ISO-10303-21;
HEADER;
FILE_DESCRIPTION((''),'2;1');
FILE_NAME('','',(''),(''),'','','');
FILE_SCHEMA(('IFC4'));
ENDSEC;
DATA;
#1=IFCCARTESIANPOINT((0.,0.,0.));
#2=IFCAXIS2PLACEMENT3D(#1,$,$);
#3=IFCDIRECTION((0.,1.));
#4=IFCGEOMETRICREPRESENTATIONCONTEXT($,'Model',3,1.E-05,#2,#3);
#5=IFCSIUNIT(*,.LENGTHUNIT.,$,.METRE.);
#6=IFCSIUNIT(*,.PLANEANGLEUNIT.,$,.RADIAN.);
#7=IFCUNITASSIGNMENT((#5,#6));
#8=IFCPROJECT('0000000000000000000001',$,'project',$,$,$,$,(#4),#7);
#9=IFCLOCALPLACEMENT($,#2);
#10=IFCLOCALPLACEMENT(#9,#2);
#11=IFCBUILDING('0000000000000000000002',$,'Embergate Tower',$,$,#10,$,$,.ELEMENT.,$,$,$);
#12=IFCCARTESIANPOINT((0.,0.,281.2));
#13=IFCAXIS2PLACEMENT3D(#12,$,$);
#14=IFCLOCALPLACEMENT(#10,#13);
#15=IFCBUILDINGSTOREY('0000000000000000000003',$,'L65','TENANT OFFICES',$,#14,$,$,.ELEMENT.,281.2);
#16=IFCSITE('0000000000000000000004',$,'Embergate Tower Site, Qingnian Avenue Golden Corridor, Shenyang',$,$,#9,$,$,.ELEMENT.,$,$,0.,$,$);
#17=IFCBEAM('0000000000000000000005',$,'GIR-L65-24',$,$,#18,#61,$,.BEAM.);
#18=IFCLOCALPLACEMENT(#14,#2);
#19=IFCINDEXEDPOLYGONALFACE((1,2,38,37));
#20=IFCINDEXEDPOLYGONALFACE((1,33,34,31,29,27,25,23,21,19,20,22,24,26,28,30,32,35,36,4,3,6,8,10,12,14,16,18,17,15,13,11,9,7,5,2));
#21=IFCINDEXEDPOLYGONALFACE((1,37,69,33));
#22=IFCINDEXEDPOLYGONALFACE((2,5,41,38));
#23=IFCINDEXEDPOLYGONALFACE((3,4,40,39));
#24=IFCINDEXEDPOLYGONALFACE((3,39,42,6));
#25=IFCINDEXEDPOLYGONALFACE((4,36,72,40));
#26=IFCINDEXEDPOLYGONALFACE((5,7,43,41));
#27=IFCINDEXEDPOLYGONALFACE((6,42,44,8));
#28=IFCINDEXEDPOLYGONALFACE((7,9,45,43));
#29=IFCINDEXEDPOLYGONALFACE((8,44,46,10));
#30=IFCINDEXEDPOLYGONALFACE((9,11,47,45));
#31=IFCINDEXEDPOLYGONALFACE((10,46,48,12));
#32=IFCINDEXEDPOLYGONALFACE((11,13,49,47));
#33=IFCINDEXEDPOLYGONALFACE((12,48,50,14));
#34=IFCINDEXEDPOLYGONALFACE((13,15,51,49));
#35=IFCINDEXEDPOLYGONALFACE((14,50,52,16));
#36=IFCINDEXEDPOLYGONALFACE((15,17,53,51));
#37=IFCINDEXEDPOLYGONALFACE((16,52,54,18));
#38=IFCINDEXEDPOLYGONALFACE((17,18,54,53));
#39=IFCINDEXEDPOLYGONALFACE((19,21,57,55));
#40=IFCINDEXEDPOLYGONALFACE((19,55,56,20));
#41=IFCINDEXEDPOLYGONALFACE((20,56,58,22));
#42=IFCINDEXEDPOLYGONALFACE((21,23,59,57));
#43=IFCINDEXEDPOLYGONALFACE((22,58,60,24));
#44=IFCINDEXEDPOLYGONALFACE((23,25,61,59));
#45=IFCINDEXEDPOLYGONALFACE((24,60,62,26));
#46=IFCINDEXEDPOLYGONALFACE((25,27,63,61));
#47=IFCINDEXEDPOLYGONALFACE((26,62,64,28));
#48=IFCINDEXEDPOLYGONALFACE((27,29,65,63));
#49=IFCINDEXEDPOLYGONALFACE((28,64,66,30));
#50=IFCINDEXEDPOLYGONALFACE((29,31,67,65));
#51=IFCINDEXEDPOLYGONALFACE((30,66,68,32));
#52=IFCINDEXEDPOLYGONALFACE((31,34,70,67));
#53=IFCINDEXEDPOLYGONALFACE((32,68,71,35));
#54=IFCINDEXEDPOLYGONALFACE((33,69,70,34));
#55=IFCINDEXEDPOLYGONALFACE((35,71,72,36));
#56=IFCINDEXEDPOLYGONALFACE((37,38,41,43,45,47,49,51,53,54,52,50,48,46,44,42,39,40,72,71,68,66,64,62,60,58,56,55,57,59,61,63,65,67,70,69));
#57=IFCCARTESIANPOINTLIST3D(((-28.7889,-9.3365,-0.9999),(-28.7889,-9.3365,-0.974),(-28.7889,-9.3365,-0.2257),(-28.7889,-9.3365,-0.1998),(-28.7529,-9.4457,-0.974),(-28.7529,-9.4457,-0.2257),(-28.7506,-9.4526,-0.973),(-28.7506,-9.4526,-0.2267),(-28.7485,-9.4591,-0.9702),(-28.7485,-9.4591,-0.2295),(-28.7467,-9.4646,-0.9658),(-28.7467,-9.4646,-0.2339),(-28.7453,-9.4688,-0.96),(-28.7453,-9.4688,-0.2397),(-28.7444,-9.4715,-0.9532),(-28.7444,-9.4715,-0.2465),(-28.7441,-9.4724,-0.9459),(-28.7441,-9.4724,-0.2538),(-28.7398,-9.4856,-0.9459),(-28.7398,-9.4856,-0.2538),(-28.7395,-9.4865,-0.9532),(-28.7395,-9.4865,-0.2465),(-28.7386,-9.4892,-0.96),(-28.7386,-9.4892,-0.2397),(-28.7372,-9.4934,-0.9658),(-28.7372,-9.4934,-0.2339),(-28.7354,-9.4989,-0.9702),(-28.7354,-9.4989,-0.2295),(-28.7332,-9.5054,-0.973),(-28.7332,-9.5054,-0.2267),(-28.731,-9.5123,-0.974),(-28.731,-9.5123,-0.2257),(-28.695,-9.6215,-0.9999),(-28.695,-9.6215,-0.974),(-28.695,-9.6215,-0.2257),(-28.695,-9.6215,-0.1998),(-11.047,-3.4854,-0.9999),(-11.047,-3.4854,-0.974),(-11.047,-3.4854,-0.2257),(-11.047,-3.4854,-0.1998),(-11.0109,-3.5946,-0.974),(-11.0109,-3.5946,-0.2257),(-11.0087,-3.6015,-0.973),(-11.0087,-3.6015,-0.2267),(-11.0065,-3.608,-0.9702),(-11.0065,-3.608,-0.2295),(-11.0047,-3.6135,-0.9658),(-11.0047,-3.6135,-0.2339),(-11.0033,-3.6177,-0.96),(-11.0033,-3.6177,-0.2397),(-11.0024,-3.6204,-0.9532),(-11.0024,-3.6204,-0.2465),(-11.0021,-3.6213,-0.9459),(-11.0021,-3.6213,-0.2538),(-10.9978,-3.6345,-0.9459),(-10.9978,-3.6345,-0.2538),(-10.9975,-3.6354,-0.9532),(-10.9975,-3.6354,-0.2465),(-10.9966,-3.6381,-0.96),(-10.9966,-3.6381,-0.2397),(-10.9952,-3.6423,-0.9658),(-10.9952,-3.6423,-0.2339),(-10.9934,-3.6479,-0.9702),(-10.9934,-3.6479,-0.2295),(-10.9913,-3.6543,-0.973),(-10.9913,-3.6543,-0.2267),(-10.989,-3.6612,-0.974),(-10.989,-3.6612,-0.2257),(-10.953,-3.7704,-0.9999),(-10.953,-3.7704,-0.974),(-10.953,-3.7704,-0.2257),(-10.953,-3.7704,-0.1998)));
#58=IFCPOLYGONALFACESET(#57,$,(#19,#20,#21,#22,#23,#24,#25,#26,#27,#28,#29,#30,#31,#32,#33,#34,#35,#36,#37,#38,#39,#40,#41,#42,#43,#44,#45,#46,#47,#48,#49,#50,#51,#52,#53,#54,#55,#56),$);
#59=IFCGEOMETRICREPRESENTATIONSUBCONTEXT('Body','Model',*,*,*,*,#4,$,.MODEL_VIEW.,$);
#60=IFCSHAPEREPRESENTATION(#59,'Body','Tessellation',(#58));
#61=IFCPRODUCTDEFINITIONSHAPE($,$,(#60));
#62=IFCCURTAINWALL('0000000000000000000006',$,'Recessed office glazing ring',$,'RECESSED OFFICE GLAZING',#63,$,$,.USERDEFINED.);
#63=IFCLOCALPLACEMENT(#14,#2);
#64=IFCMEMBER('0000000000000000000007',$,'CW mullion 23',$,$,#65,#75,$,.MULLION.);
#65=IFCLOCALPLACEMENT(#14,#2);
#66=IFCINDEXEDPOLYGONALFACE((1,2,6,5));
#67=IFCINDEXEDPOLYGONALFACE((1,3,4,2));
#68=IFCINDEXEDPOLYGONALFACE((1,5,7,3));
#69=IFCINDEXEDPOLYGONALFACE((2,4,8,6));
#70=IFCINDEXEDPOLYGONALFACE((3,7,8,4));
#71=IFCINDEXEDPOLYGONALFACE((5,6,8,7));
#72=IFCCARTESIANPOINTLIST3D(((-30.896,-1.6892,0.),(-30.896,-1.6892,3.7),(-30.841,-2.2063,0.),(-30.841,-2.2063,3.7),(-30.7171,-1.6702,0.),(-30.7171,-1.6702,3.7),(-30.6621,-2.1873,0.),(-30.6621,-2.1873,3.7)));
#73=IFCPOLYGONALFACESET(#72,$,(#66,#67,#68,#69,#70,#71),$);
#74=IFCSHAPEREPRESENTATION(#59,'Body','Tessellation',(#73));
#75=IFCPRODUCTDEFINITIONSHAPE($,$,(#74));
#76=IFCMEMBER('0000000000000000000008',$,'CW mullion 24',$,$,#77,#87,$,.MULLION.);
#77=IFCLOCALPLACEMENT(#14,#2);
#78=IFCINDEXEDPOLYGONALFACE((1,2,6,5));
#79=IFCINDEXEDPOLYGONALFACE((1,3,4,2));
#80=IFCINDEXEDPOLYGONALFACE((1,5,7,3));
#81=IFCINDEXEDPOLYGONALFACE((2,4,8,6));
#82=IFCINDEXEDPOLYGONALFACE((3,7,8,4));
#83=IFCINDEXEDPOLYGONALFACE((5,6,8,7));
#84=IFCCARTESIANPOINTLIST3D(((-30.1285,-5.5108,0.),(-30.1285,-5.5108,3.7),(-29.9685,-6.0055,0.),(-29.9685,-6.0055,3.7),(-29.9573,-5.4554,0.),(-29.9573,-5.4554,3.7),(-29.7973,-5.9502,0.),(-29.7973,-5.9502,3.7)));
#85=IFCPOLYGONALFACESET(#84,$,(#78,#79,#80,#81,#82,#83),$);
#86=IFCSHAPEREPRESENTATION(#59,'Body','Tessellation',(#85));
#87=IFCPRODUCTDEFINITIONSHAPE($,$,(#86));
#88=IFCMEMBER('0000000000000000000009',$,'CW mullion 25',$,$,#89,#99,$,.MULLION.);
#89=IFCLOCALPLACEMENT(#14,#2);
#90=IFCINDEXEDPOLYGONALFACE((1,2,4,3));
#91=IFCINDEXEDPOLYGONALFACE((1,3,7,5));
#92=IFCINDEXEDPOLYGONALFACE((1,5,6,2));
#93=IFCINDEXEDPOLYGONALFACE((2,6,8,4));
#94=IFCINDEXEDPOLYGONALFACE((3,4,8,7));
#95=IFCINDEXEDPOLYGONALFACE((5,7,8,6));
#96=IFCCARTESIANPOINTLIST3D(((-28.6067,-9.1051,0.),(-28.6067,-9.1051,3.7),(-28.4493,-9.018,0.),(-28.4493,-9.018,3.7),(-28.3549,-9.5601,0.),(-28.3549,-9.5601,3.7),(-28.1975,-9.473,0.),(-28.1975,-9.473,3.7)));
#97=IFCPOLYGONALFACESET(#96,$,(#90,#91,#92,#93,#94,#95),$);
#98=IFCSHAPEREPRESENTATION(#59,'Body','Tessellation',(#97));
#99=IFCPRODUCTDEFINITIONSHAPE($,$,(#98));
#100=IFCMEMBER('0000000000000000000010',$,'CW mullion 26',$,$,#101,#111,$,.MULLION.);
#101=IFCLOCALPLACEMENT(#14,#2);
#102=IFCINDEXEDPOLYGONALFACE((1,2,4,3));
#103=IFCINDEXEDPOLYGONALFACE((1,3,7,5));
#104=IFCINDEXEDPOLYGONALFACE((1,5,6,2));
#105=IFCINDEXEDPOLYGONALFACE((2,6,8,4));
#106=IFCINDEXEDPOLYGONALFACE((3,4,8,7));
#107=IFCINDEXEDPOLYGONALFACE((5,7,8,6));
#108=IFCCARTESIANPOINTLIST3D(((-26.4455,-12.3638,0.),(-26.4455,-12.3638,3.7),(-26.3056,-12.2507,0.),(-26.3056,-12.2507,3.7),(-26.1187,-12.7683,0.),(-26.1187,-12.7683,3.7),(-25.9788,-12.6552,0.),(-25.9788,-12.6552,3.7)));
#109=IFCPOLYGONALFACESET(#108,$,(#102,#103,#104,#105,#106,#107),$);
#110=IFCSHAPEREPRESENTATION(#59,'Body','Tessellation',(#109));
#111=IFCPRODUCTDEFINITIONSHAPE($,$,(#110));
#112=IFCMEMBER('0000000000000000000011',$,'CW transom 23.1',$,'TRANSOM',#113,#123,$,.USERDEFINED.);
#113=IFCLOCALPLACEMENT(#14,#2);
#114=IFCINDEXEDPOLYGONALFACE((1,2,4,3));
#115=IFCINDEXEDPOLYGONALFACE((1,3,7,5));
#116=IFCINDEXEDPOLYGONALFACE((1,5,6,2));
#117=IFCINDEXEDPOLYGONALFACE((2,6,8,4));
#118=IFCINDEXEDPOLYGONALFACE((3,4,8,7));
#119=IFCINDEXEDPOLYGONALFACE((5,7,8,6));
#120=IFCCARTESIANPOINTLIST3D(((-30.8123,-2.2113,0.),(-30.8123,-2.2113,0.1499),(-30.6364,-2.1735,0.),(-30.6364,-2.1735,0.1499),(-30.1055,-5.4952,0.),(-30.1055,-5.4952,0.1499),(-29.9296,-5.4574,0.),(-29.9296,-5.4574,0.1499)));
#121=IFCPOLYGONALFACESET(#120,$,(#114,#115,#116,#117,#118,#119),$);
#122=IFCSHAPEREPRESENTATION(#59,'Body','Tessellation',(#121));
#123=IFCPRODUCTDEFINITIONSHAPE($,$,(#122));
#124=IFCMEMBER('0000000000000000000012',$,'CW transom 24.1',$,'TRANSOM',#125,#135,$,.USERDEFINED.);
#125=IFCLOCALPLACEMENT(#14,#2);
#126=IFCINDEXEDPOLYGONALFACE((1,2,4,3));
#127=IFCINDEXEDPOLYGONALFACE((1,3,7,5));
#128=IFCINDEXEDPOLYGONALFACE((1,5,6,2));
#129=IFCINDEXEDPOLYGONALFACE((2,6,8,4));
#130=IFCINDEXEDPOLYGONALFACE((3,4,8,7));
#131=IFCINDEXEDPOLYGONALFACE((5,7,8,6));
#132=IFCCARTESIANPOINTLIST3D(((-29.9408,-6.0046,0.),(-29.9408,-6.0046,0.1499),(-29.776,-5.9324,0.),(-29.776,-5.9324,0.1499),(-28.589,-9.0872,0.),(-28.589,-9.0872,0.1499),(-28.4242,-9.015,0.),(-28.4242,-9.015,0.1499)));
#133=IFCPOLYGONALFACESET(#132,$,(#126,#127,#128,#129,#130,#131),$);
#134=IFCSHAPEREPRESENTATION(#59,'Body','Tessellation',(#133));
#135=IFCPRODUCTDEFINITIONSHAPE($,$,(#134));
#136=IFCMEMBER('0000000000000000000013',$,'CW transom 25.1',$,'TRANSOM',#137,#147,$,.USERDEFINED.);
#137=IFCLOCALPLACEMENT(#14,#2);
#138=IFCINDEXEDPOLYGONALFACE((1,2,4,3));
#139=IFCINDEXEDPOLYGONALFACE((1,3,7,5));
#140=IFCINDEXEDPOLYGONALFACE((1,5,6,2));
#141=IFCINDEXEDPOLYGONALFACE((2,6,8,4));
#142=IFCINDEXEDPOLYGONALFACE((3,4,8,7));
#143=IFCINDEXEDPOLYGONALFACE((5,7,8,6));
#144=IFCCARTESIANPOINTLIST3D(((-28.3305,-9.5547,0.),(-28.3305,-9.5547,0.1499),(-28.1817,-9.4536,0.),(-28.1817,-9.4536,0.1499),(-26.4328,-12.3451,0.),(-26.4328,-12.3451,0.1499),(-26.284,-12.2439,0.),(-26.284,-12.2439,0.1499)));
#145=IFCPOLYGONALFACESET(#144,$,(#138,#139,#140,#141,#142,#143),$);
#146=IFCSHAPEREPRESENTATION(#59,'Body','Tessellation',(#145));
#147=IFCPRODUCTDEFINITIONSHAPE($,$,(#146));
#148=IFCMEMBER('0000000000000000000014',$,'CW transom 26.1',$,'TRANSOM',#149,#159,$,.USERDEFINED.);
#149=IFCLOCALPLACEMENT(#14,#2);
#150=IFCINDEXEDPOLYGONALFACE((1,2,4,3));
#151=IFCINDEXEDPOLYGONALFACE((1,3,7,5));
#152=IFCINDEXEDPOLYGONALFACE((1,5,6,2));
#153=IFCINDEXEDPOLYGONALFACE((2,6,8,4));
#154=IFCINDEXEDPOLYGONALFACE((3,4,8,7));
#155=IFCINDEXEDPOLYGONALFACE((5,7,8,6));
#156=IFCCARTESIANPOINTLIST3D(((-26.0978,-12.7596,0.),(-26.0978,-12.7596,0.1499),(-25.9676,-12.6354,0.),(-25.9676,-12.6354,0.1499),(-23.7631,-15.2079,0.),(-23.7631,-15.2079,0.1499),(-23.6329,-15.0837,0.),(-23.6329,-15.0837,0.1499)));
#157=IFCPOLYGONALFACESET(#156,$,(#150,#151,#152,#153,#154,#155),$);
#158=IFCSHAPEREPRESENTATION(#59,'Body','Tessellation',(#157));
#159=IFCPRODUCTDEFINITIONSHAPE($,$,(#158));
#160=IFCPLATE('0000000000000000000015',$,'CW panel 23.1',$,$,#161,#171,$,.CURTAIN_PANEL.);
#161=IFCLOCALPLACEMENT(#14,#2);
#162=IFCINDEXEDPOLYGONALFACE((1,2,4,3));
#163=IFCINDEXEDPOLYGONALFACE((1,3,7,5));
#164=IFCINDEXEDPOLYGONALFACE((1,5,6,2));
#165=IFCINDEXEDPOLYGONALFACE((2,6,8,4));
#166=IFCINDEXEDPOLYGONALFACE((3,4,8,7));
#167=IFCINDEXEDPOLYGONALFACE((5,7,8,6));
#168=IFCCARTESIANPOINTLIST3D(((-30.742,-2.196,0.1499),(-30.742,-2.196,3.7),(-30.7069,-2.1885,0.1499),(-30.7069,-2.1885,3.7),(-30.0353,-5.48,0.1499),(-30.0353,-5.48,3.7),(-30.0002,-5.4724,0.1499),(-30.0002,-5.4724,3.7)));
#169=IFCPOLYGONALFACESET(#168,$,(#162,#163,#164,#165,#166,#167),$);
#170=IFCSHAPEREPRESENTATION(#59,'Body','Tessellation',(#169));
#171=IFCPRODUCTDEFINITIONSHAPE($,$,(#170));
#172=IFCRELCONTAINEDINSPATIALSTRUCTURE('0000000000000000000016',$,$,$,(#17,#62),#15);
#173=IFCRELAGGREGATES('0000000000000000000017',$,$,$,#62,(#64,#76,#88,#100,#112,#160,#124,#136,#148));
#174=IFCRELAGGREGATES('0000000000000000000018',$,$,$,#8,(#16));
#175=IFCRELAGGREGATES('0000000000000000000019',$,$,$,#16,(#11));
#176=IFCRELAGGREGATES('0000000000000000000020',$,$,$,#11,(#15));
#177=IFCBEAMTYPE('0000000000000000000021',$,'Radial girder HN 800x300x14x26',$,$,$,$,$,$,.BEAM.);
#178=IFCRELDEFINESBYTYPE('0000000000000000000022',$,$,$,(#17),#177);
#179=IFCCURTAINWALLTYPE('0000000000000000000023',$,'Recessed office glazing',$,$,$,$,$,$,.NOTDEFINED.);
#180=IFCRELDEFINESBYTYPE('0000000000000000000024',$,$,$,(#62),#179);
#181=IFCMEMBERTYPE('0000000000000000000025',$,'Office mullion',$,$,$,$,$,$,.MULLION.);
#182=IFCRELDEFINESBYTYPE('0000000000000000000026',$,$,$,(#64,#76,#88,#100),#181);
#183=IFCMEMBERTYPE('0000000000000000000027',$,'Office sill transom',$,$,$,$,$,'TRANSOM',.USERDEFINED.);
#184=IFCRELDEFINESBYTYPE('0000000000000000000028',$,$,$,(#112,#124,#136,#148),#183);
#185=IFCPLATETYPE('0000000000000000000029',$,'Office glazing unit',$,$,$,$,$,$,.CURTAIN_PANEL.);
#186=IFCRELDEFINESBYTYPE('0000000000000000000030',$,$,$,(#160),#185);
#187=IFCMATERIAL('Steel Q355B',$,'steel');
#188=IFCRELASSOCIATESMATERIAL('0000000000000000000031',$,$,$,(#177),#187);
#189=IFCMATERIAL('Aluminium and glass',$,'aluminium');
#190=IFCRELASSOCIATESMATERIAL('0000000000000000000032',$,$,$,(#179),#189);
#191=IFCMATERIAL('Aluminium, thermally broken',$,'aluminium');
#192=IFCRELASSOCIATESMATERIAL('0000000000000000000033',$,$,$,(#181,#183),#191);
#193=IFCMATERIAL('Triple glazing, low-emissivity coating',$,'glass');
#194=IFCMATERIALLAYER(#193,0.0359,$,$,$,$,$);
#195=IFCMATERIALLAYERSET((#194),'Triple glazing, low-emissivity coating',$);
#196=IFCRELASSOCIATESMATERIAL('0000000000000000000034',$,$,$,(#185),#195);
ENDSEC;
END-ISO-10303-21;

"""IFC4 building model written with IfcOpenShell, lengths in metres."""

from ifc_helpers import new_model, si_unit, direction, frame, origin, origin_2d, place, context, subcontext, project, spatial, rectangle, i_section, extrude, source, transform, mapped, material, layer, layer_set, material_profile, profile_set, type_object, element, aggregate, save


model = new_model("IFC4")

# Units and contexts
model_context = context("Model", 3, precision=1e-05, world=origin(), true_north=direction((0.0, 1.0)))
body_context = subcontext(model_context, "Body", "Model", "MODEL_VIEW")
ifc_project = project(units=[si_unit("LENGTHUNIT", "METRE"), si_unit("PLANEANGLEUNIT", "RADIAN")], contexts=[model_context])

# Site, building, storey
site_placement = place(None, origin())
site = spatial("IfcSite", under=ifc_project, at=site_placement, Name="Embergate Tower Site, Qingnian Avenue Golden Corridor, Shenyang", CompositionType="ELEMENT", RefElevation=0.0)
building_placement = place(site_placement, origin())
building = spatial("IfcBuilding", under=site, at=building_placement, Name="Embergate Tower", CompositionType="ELEMENT")
storey_placement = place(building_placement, frame((0.0, 0.0, 281.2)))
storey = spatial("IfcBuildingStorey", under=building, at=storey_placement, Name="L65", Description="TENANT OFFICES", CompositionType="ELEMENT", Elevation=281.2)

# Beam
ifc_material_1 = material(Name="Steel Q355B", Category="steel")
ifc_material_profile_1 = material_profile(ifc_material_1, i_section(OverallWidth=0.3, OverallDepth=0.8, WebThickness=0.0139, FlangeThickness=0.0259, FilletRadius=0.0281, at=origin_2d()), Name="HN 800x300x14x26")
ifc_profile_set_1 = profile_set([ifc_material_profile_1], Name="Steel Q355 grade B")
beam_type_1 = type_object("IfcBeamType", Name="Radial girder HN 800x300x14x26", PredefinedType="BEAM", material=ifc_profile_set_1)
shared_shape_1 = source(origin(), body_context, "Body", "SweptSolid", [
    extrude(i_section(OverallWidth=0.3, OverallDepth=0.8, WebThickness=0.0139, FlangeThickness=0.0259, FilletRadius=0.0281, at=origin_2d()), origin(), (0.0, 0.0, 1.0), 18.6819),
])
beam_1_placement = place(storey_placement, frame((-28.7419, -9.479, -0.5999), z_axis=(0.949689, 0.313196, 0.0), x_axis=(-0.313196, 0.949689, 0.0)))
element("IfcBeam", 1, at=beam_1_placement, inside=storey, type_object=beam_type_1, Name="GIR-L65-24", PredefinedType="BEAM", context=body_context, shape_type="MappedRepresentation", body=[
    mapped(shared_shape_1, transform((0.0, 0.0, 0.0))),
])

# Curtain wall, members, plate
ifc_material_2 = material(Name="Aluminium and glass", Category="aluminium")
curtain_wall_type = type_object("IfcCurtainWallType", Name="Recessed office glazing", PredefinedType="NOTDEFINED", material=ifc_material_2)
curtain_wall_placement = place(storey_placement, origin())
curtain_wall = element("IfcCurtainWall", 2, at=curtain_wall_placement, inside=storey, type_object=curtain_wall_type, Name="Recessed office glazing ring", ObjectType="RECESSED OFFICE GLAZING", PredefinedType="USERDEFINED")
ifc_material_3 = material(Name="Aluminium, thermally broken", Category="aluminium")
ifc_material_profile_2 = material_profile(ifc_material_3, rectangle(XDim=0.1799, YDim=0.52, at=origin_2d()), Name="AL 520x180")
ifc_profile_set_2 = profile_set([ifc_material_profile_2], Name="Aluminium, thermally broken")
member_type_1 = type_object("IfcMemberType", Name="Office mullion", PredefinedType="MULLION", material=ifc_profile_set_2)
shared_shape_2 = source(origin(), body_context, "Body", "SweptSolid", [
    extrude(rectangle(XDim=0.1799, YDim=0.52, at=origin_2d()), origin(), (0.0, 0.0, 1.0), 3.7),
])
member_1_placement = place(storey_placement, frame((-30.7791, -1.9382, 0.0), z_axis=(0.0, 0.0, 1.0), x_axis=(0.994384, 0.10583, 0.0)))
member_1 = element("IfcMember", 3, at=member_1_placement, type_object=member_type_1, Name="CW mullion 23", PredefinedType="MULLION", context=body_context, shape_type="MappedRepresentation", body=[
    mapped(shared_shape_2, transform((0.0, 0.0, 0.0))),
])
member_2_placement = place(storey_placement, frame((-29.9629, -5.7305, 0.0), z_axis=(0.0, 0.0, 1.0), x_axis=(0.951493, 0.307671, 0.0)))
member_2 = element("IfcMember", 4, at=member_2_placement, type_object=member_type_1, Name="CW mullion 24", PredefinedType="MULLION", context=body_context, shape_type="MappedRepresentation", body=[
    mapped(shared_shape_2, transform((0.0, 0.0, 0.0))),
])
member_3_placement = place(storey_placement, frame((-28.4021, -9.2891, 0.0), z_axis=(0.0, 0.0, 1.0), x_axis=(0.874993, 0.484136, 0.0)))
member_3 = element("IfcMember", 5, at=member_3_placement, type_object=member_type_1, Name="CW mullion 25", PredefinedType="MULLION", context=body_context, shape_type="MappedRepresentation", body=[
    mapped(shared_shape_2, transform((0.0, 0.0, 0.0))),
])
member_4_placement = place(storey_placement, frame((-26.2122, -12.5095, 0.0), z_axis=(0.0, 0.0, 1.0), x_axis=(0.777862, 0.628436, 0.0)))
member_4 = element("IfcMember", 6, at=member_4_placement, type_object=member_type_1, Name="CW mullion 26", PredefinedType="MULLION", context=body_context, shape_type="MappedRepresentation", body=[
    mapped(shared_shape_2, transform((0.0, 0.0, 0.0))),
])
ifc_material_profile_3 = material_profile(ifc_material_3, rectangle(XDim=0.1799, YDim=0.1499, at=origin_2d()), Name="AL 150x180")
ifc_profile_set_3 = profile_set([ifc_material_profile_3], Name="Aluminium, thermally broken")
member_type_2 = type_object("IfcMemberType", Name="Office sill transom", ElementType="TRANSOM", PredefinedType="USERDEFINED", material=ifc_profile_set_3)
shared_shape_3 = source(origin(), body_context, "Body", "SweptSolid", [
    extrude(rectangle(XDim=0.1799, YDim=0.1499, at=origin_2d()), origin(), (0.0, 0.0, 1.0), 3.3591),
])
member_5_placement = place(storey_placement, frame((-30.7244, -2.1924, 0.075), z_axis=(0.210408, -0.977614, 0.0), x_axis=(0.977614, 0.210408, 0.0)))
member_5 = element("IfcMember", 7, at=member_5_placement, type_object=member_type_2, Name="CW transom 23.1", ObjectType="TRANSOM", PredefinedType="USERDEFINED", context=body_context, shape_type="MappedRepresentation", body=[
    mapped(shared_shape_3, transform((0.0, 0.0, 0.0))),
])
shared_shape_4 = source(origin(), body_context, "Body", "SweptSolid", [
    extrude(rectangle(XDim=0.1799, YDim=0.1499, at=origin_2d()), origin(), (0.0, 0.0, 1.0), 3.366),
])
member_6_placement = place(storey_placement, frame((-29.8584, -5.9685, 0.075), z_axis=(0.401618, -0.915807, 0.0), x_axis=(0.915807, 0.401618, 0.0)))
member_6 = element("IfcMember", 8, at=member_6_placement, type_object=member_type_2, Name="CW transom 24.1", ObjectType="TRANSOM", PredefinedType="USERDEFINED", context=body_context, shape_type="MappedRepresentation", body=[
    mapped(shared_shape_4, transform((0.0, 0.0, 0.0))),
])
shared_shape_5 = source(origin(), body_context, "Body", "SweptSolid", [
    extrude(rectangle(XDim=0.1799, YDim=0.1499, at=origin_2d()), origin(), (0.0, 0.0, 1.0), 3.3745),
])
member_7_placement = place(storey_placement, frame((-28.2561, -9.5042, 0.075), z_axis=(0.562373, -0.826883, 0.0), x_axis=(0.826883, 0.562373, 0.0)))
member_7 = element("IfcMember", 9, at=member_7_placement, type_object=member_type_2, Name="CW transom 25.1", ObjectType="TRANSOM", PredefinedType="USERDEFINED", context=body_context, shape_type="MappedRepresentation", body=[
    mapped(shared_shape_5, transform((0.0, 0.0, 0.0))),
])
shared_shape_6 = source(origin(), body_context, "Body", "SweptSolid", [
    extrude(rectangle(XDim=0.1799, YDim=0.1499, at=origin_2d()), origin(), (0.0, 0.0, 1.0), 3.3831),
])
member_8_placement = place(storey_placement, frame((-26.0327, -12.6975, 0.075), z_axis=(0.690129, -0.723686, 0.0), x_axis=(0.723686, 0.690129, 0.0)))
member_8 = element("IfcMember", 10, at=member_8_placement, type_object=member_type_2, Name="CW transom 26.1", ObjectType="TRANSOM", PredefinedType="USERDEFINED", context=body_context, shape_type="MappedRepresentation", body=[
    mapped(shared_shape_6, transform((0.0, 0.0, 0.0))),
])
ifc_material_4 = material(Name="Triple glazing, low-emissivity coating", Category="glass")
ifc_layer_1 = layer(ifc_material_4, 0.0359)
ifc_layer_set_1 = layer_set([ifc_layer_1], Name="Triple glazing, low-emissivity coating")
plate_type = type_object("IfcPlateType", Name="Office glazing unit", PredefinedType="CURTAIN_PANEL", material=ifc_layer_set_1)
shared_shape_7 = source(origin(), body_context, "Body", "SweptSolid", [
    extrude(rectangle(XDim=3.3591, YDim=0.0359, at=origin_2d()), origin(), (0.0, 0.0, 1.0), 3.55),
])
plate_1_placement = place(storey_placement, frame((-30.3711, -3.8342, 0.1499), z_axis=(0.0, 0.0, 1.0), x_axis=(0.210402, -0.977615, 0.0)))
plate_1 = element("IfcPlate", 11, at=plate_1_placement, type_object=plate_type, Name="CW panel 23.1", PredefinedType="CURTAIN_PANEL", context=body_context, shape_type="MappedRepresentation", body=[
    mapped(shared_shape_7, transform((0.0, 0.0, 0.0))),
])
aggregate(curtain_wall, [member_1, member_2, member_3, member_4, member_5, plate_1, member_6, member_7, member_8])

save(model, "model.ifc")
